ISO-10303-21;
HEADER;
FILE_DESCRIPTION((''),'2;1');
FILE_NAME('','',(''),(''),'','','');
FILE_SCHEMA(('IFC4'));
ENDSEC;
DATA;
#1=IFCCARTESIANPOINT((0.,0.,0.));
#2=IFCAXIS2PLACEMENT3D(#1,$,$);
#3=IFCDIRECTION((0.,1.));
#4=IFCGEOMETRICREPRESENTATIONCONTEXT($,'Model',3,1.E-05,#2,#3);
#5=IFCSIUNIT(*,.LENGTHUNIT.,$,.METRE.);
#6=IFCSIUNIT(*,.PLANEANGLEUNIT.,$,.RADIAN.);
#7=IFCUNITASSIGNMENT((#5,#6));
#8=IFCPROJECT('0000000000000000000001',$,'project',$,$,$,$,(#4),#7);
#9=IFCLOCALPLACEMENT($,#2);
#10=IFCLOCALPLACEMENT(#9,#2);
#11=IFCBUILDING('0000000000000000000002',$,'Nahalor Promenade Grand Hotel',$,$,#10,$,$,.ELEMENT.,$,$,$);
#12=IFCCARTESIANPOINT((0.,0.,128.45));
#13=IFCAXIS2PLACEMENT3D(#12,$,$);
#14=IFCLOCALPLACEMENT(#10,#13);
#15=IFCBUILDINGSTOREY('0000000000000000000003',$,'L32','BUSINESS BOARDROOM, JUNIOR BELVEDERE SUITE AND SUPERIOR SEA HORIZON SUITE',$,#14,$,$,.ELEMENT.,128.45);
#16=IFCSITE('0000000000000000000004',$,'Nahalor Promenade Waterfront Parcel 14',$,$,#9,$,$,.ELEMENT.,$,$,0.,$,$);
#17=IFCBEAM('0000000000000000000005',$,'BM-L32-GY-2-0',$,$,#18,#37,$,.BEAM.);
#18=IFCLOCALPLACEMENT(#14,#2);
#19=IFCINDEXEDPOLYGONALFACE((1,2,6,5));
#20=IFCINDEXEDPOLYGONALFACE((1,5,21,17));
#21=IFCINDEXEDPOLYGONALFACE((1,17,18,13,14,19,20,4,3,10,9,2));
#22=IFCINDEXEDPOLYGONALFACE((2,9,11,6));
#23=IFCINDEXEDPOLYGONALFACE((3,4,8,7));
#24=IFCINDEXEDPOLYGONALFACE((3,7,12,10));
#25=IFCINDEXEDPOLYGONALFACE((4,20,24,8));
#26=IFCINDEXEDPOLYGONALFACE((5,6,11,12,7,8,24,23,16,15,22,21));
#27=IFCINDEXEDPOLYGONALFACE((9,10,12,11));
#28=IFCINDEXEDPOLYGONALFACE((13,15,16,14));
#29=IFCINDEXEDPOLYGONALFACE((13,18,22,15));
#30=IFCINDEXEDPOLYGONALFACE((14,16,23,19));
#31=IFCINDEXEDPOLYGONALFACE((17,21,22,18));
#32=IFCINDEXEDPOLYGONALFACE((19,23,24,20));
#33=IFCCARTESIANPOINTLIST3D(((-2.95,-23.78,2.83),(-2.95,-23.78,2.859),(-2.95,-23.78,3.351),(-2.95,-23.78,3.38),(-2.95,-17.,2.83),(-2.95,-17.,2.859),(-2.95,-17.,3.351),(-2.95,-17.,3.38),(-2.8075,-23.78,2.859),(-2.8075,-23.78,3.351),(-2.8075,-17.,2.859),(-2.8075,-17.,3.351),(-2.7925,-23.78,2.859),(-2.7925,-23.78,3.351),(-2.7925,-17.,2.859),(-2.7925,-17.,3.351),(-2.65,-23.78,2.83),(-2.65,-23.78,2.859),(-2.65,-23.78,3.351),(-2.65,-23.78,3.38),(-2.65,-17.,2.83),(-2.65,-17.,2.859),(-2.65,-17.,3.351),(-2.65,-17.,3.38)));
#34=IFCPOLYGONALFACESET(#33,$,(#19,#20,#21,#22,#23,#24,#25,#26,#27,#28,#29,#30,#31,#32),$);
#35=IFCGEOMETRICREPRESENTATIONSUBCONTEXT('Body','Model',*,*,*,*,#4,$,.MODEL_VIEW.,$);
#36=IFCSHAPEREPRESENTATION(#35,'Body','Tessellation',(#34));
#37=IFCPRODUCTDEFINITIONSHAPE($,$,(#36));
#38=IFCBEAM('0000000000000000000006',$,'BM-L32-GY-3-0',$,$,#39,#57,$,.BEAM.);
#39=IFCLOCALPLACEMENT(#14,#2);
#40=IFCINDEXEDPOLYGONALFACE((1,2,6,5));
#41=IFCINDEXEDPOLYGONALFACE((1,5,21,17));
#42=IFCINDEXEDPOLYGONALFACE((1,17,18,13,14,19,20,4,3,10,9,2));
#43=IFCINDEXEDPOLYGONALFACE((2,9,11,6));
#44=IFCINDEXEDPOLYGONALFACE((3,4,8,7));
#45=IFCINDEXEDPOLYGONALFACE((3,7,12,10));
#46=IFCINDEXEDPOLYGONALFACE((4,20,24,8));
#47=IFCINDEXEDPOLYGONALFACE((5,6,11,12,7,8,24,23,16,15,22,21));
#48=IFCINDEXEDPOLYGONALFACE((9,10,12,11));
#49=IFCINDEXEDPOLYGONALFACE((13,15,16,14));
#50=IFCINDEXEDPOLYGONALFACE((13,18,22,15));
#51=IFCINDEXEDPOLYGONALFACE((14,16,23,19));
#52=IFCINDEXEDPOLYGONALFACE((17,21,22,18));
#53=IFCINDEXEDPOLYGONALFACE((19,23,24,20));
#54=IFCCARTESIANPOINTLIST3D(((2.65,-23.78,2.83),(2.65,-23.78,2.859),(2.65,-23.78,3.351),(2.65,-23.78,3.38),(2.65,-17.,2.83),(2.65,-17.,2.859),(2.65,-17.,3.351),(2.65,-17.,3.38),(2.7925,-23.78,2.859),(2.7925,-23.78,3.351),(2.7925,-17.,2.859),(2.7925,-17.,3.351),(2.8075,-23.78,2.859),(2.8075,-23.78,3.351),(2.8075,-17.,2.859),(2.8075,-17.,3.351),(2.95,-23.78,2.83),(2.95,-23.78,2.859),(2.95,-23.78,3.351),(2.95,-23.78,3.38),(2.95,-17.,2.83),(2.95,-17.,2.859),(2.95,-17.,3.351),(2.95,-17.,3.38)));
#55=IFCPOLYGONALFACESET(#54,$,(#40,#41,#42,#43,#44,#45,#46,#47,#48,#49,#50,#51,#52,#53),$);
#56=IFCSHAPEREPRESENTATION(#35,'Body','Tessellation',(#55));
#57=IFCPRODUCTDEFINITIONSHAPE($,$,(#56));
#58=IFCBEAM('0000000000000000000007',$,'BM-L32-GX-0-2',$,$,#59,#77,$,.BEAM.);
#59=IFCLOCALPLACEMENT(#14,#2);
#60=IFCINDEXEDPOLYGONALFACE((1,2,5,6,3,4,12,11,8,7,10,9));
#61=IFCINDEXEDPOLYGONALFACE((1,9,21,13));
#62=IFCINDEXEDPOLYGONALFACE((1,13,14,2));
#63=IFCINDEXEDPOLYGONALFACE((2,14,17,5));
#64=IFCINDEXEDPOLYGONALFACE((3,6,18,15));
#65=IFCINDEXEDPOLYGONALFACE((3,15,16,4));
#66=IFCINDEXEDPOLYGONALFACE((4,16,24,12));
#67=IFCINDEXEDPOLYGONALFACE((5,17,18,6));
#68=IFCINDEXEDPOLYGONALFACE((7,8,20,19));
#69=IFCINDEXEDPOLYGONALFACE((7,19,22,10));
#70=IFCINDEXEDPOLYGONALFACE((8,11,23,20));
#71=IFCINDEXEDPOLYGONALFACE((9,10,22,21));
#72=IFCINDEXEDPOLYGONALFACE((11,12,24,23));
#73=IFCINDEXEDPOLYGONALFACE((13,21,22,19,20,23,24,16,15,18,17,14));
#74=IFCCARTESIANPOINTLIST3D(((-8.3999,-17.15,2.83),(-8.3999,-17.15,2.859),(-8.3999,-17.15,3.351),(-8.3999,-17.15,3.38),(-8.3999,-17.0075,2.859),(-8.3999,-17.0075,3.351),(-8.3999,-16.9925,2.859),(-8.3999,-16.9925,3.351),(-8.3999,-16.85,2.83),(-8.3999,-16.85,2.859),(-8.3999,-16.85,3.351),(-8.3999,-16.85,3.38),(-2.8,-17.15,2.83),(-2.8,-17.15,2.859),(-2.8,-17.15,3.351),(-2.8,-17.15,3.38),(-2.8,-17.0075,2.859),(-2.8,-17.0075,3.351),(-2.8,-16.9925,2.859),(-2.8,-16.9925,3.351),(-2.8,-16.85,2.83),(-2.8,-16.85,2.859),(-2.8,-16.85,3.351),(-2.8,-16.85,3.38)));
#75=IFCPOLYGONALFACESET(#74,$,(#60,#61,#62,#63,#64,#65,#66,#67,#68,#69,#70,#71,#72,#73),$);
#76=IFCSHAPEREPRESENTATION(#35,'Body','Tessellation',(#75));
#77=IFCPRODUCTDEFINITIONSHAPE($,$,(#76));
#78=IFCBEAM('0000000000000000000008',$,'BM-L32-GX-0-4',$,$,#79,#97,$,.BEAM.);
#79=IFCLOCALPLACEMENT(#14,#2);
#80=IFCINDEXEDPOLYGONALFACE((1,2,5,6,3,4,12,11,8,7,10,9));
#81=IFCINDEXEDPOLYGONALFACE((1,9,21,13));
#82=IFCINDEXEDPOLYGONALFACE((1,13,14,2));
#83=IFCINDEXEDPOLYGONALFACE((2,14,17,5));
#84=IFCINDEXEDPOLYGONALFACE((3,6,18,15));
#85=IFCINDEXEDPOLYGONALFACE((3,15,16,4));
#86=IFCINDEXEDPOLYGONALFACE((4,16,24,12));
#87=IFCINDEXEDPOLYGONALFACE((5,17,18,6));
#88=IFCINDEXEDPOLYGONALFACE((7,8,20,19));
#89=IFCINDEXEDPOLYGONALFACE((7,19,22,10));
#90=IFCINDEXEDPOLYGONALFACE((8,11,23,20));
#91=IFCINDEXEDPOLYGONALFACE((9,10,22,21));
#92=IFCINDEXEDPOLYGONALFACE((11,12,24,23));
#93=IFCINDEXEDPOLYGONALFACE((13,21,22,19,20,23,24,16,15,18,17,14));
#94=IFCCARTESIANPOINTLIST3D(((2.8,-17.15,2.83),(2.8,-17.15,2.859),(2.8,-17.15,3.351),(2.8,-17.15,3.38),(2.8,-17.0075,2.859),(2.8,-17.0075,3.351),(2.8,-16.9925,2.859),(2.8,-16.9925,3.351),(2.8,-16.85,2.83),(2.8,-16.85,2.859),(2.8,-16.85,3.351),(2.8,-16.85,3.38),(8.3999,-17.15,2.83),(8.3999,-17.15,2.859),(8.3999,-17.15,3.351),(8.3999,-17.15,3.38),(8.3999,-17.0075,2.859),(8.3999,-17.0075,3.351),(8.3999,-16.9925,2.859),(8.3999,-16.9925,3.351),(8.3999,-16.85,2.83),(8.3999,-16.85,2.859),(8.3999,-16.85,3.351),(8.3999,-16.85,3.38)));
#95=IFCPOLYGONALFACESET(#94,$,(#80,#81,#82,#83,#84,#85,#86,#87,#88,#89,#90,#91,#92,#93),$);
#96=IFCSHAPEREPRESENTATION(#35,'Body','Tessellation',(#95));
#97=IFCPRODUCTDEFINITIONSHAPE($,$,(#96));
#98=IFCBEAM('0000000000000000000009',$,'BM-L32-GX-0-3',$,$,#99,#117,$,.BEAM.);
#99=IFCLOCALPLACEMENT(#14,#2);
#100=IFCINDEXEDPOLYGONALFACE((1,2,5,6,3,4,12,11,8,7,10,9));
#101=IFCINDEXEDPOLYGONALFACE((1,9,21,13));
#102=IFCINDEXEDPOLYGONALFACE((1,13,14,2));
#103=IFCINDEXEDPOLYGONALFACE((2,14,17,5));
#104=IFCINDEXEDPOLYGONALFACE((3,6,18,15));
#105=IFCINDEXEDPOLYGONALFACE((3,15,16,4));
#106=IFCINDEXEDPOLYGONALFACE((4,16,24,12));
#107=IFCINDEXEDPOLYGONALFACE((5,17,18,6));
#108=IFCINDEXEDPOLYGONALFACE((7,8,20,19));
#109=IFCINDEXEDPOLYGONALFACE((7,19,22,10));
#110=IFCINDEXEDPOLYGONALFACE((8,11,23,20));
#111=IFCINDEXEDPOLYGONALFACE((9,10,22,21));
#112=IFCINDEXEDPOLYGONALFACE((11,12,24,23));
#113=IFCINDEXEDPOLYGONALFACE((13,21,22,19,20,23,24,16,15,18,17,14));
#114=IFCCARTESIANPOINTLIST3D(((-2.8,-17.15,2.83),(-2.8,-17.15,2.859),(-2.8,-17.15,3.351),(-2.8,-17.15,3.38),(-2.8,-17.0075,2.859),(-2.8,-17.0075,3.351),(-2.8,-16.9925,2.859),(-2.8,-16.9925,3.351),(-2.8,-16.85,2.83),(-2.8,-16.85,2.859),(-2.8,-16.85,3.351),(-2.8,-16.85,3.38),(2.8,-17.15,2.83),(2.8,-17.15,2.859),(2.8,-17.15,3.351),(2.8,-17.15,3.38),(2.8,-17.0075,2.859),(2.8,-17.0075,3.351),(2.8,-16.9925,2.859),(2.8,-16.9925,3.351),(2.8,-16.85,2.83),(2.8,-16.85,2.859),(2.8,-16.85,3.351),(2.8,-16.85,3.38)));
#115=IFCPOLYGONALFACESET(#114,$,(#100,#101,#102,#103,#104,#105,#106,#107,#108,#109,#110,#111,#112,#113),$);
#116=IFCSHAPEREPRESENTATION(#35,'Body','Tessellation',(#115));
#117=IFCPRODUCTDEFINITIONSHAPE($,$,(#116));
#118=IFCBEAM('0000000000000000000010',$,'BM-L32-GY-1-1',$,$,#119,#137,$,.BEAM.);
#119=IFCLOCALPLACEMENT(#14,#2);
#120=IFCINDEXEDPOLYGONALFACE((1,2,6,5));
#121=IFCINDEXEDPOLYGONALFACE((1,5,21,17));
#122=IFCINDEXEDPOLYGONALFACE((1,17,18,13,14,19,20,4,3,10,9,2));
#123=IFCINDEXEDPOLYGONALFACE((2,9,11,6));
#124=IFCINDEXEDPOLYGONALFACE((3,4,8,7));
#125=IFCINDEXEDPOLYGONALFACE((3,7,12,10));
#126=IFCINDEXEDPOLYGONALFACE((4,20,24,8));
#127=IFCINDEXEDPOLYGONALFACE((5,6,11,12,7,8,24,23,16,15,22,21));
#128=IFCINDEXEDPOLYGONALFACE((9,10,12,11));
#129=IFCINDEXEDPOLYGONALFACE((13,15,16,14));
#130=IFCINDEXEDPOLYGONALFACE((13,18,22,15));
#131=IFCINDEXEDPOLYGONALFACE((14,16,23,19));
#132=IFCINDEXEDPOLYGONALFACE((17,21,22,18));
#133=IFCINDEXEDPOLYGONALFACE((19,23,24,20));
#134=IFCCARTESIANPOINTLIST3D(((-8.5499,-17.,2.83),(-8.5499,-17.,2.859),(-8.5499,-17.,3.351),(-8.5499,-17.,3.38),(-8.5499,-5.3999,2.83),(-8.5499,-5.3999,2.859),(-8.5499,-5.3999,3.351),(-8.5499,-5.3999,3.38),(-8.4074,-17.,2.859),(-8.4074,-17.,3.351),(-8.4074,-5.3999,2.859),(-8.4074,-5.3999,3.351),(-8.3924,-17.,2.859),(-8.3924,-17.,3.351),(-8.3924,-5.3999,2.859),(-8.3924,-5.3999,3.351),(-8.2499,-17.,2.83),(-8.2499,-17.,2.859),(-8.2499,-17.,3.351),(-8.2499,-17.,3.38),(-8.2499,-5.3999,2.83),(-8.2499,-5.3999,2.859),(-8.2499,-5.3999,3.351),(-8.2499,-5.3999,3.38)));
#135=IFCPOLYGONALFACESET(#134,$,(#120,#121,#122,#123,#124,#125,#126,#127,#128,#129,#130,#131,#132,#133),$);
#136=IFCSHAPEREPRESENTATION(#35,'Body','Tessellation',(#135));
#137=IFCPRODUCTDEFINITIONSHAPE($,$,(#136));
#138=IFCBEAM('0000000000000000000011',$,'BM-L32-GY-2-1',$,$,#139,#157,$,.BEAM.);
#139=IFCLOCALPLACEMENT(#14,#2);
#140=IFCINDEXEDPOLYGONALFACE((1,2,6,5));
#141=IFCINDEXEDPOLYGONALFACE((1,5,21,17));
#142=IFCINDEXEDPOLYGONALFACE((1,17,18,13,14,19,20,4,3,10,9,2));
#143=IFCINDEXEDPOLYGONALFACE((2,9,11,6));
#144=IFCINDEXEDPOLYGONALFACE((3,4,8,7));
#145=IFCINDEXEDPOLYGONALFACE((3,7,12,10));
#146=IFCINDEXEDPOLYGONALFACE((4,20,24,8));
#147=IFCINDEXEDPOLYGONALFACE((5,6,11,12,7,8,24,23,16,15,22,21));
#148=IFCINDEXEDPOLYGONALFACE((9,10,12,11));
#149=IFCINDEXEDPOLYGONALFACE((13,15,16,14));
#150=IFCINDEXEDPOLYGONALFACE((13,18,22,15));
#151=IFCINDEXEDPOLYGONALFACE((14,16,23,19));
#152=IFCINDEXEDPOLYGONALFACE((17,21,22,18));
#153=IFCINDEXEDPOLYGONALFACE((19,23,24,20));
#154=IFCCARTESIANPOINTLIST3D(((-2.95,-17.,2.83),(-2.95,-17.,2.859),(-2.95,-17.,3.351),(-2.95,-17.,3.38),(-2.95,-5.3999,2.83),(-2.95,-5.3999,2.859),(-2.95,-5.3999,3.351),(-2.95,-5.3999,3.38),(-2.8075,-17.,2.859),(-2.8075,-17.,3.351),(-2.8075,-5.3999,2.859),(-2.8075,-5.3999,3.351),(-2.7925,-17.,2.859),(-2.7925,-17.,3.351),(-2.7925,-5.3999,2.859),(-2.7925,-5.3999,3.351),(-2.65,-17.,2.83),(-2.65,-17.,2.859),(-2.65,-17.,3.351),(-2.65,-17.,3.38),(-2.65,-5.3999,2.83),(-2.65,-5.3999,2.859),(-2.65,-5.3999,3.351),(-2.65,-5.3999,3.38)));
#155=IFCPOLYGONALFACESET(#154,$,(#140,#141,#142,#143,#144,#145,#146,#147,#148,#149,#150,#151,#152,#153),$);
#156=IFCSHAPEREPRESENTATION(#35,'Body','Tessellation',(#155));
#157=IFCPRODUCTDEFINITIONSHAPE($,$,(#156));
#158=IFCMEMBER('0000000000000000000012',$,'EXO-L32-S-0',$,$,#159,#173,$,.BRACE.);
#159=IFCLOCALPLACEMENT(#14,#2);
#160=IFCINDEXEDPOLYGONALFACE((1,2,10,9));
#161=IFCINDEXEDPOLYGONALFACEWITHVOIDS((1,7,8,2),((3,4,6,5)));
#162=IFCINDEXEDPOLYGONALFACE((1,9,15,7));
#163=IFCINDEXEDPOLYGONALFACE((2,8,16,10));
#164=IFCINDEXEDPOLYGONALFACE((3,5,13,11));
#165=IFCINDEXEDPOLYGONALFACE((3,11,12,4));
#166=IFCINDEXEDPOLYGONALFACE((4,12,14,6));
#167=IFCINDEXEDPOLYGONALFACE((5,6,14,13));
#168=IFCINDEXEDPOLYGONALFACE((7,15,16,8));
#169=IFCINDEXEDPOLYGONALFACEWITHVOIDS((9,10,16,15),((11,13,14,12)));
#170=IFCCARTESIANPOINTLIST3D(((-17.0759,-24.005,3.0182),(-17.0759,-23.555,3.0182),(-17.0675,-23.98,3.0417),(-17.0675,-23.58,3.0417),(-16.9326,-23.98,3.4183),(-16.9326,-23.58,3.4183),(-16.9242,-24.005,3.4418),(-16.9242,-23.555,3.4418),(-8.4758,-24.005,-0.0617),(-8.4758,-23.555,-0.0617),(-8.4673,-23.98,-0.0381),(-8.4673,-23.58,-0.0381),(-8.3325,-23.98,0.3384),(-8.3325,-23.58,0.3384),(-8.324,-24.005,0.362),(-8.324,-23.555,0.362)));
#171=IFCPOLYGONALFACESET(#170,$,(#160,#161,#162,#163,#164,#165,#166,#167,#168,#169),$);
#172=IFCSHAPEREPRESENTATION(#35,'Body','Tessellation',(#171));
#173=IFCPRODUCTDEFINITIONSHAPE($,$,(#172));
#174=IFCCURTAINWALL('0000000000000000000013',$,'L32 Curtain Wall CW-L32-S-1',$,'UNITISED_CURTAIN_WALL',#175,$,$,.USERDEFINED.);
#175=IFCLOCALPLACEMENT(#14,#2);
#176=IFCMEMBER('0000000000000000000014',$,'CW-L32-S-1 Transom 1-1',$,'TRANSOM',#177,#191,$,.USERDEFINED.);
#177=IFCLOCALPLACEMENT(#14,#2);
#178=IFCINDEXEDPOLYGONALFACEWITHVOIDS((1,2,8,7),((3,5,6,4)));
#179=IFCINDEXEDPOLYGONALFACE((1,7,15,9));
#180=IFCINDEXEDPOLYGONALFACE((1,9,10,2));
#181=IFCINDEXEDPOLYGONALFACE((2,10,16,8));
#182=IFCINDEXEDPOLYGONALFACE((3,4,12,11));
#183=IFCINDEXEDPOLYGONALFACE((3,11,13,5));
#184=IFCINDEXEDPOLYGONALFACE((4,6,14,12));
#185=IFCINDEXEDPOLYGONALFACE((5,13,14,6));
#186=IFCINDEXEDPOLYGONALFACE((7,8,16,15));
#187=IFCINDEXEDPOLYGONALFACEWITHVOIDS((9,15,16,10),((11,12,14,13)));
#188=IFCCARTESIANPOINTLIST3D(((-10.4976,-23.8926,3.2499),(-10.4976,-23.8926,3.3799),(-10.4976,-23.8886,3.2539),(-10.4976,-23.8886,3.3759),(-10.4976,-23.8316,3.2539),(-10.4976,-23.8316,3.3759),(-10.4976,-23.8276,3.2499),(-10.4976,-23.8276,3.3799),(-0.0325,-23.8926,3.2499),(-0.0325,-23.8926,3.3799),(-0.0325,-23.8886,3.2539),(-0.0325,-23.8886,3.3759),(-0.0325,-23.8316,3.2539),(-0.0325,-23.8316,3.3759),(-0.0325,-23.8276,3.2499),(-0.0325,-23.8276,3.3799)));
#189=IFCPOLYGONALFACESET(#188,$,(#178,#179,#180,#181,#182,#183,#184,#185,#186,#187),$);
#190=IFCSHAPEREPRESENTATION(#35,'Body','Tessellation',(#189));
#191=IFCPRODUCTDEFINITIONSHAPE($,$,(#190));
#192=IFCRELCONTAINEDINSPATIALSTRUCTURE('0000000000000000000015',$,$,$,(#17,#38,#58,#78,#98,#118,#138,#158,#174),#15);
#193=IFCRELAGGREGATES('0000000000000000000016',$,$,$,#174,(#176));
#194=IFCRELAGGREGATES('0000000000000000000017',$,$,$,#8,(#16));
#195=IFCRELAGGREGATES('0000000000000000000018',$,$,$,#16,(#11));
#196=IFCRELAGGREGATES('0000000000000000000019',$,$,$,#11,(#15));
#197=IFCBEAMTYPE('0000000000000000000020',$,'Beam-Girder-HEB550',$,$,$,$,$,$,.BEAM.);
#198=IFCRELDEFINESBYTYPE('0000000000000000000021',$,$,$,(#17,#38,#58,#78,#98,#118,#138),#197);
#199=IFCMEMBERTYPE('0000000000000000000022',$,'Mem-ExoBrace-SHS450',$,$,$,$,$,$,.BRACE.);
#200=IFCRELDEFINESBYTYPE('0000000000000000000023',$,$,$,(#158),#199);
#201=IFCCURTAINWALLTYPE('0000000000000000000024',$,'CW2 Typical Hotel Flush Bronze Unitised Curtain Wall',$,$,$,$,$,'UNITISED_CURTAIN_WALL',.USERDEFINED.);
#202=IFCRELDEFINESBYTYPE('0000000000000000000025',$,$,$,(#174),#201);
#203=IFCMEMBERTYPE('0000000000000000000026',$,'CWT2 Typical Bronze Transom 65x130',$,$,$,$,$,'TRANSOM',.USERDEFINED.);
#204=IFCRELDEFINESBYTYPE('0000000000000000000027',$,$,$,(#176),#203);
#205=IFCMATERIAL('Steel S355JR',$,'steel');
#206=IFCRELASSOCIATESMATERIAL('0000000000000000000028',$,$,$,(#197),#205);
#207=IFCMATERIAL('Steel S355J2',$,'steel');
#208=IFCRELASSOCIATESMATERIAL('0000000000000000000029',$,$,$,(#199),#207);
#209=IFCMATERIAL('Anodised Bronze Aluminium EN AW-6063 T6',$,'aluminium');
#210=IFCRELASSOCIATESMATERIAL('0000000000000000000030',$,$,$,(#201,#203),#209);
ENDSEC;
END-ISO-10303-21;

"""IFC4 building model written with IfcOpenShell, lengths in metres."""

from ifc_helpers import new_model, si_unit, direction, frame, origin, origin_2d, place, context, subcontext, project, spatial, hollow_rectangle, i_section, extrude, source, transform, mapped, material, material_profile, profile_set, type_object, element, aggregate, save


model = new_model("IFC4")

# Units and contexts
model_context = context("Model", 3, precision=1e-05, world=origin(), true_north=direction((0.0, 1.0)))
body_context = subcontext(model_context, "Body", "Model", "MODEL_VIEW")
ifc_project = project(units=[si_unit("LENGTHUNIT", "METRE"), si_unit("PLANEANGLEUNIT", "RADIAN")], contexts=[model_context])

# Site, building, storey
site_placement = place(None, origin())
site = spatial("IfcSite", under=ifc_project, at=site_placement, Name="Nahalor Promenade Waterfront Parcel 14", CompositionType="ELEMENT", RefElevation=0.0)
building_placement = place(site_placement, origin())
building = spatial("IfcBuilding", under=site, at=building_placement, Name="Nahalor Promenade Grand Hotel", CompositionType="ELEMENT")
storey_placement = place(building_placement, frame((0.0, 0.0, 128.45)))
storey = spatial("IfcBuildingStorey", under=building, at=storey_placement, Name="L32", Description="BUSINESS BOARDROOM, JUNIOR BELVEDERE SUITE AND SUPERIOR SEA HORIZON SUITE", CompositionType="ELEMENT", Elevation=128.45)

# Shared definitions
ifc_material_1 = material(Name="Steel S355J2", Category="steel")

# Beams
ifc_material_2 = material(Name="Steel S355JR", Category="steel")
ifc_material_profile_1 = material_profile(ifc_material_2, i_section(OverallWidth=0.3, OverallDepth=0.55, WebThickness=0.015, FlangeThickness=0.029, at=origin_2d()), Name="HEB 550")
ifc_profile_set_1 = profile_set([ifc_material_profile_1], Name="Steel S355JR")
beam_type_1 = type_object("IfcBeamType", Name="Beam-Girder-HEB550", PredefinedType="BEAM", material=ifc_profile_set_1)
shared_shape_1 = source(origin(), body_context, "Body", "SweptSolid", [
    extrude(i_section(OverallWidth=0.3, OverallDepth=0.55, WebThickness=0.015, FlangeThickness=0.029, at=origin_2d()), origin(), (0.0, 0.0, 1.0), 6.78),
])
for number, where, z_axis, x_axis, name in (
    (1, (-2.8, -23.78, 3.105), (0.0, 1.0, 0.0), (-1.0, 0.0, 0.0), "BM-L32-GY-2-0"),
    (2, (2.8, -23.78, 3.105), (0.0, 1.0, 0.0), (-1.0, 0.0, 0.0), "BM-L32-GY-3-0"),
):
    element("IfcBeam", number, at=place(storey_placement, frame(where, z_axis=z_axis, x_axis=x_axis)), inside=storey, type_object=beam_type_1, Name=name, PredefinedType="BEAM", context=body_context, shape_type="MappedRepresentation", body=[
        mapped(shared_shape_1, transform((0.0, 0.0, 0.0), scale=1.0)),
    ])
shared_shape_2 = source(origin(), body_context, "Body", "SweptSolid", [
    extrude(i_section(OverallWidth=0.3, OverallDepth=0.55, WebThickness=0.015, FlangeThickness=0.029, at=origin_2d()), origin(), (0.0, 0.0, 1.0), 5.5999),
])
for number, where, z_axis, x_axis, name in (
    (3, (-8.3999, -17.0, 3.105), (1.0, 0.0, 0.0), (0.0, 1.0, 0.0), "BM-L32-GX-0-2"),
    (4, (2.8, -17.0, 3.105), (1.0, 0.0, 0.0), (0.0, 1.0, 0.0), "BM-L32-GX-0-4"),
):
    element("IfcBeam", number, at=place(storey_placement, frame(where, z_axis=z_axis, x_axis=x_axis)), inside=storey, type_object=beam_type_1, Name=name, PredefinedType="BEAM", context=body_context, shape_type="MappedRepresentation", body=[
        mapped(shared_shape_2, transform((0.0, 0.0, 0.0), scale=1.0)),
    ])
shared_shape_3 = source(origin(), body_context, "Body", "SweptSolid", [
    extrude(i_section(OverallWidth=0.3, OverallDepth=0.55, WebThickness=0.015, FlangeThickness=0.029, at=origin_2d()), origin(), (0.0, 0.0, 1.0), 5.6001),
])
beam_1_placement = place(storey_placement, frame((-2.8, -17.0, 3.105), z_axis=(1.0, 0.0, 0.0), x_axis=(0.0, 1.0, 0.0)))
element("IfcBeam", 5, at=beam_1_placement, inside=storey, type_object=beam_type_1, Name="BM-L32-GX-0-3", PredefinedType="BEAM", context=body_context, shape_type="MappedRepresentation", body=[
    mapped(shared_shape_3, transform((0.0, 0.0, 0.0), scale=1.0)),
])
shared_shape_4 = source(origin(), body_context, "Body", "SweptSolid", [
    extrude(i_section(OverallWidth=0.3, OverallDepth=0.55, WebThickness=0.015, FlangeThickness=0.029, at=origin_2d()), origin(), (0.0, 0.0, 1.0), 11.6001),
])
for number, where, z_axis, x_axis, name in (
    (6, (-8.3999, -17.0, 3.105), (0.0, 1.0, 0.0), (-1.0, 0.0, 0.0), "BM-L32-GY-1-1"),
    (7, (-2.8, -17.0, 3.105), (0.0, 1.0, 0.0), (-1.0, 0.0, 0.0), "BM-L32-GY-2-1"),
):
    element("IfcBeam", number, at=place(storey_placement, frame(where, z_axis=z_axis, x_axis=x_axis)), inside=storey, type_object=beam_type_1, Name=name, PredefinedType="BEAM", context=body_context, shape_type="MappedRepresentation", body=[
        mapped(shared_shape_4, transform((0.0, 0.0, 0.0), scale=1.0)),
    ])

# Member
ifc_material_profile_2 = material_profile(ifc_material_1, hollow_rectangle(XDim=0.45, YDim=0.45, WallThickness=0.025, at=origin_2d()), Name="SHS 450x450x25")
ifc_profile_set_2 = profile_set([ifc_material_profile_2], Name="Steel S355J2")
member_type_1 = type_object("IfcMemberType", Name="Mem-ExoBrace-SHS450", PredefinedType="BRACE", material=ifc_profile_set_2)
shared_shape_5 = source(origin(), body_context, "Body", "SweptSolid", [
    extrude(hollow_rectangle(XDim=0.45, YDim=0.45, WallThickness=0.025, at=origin_2d()), origin(), (0.0, 0.0, 1.0), 9.135),
])
member_1_placement = place(storey_placement, frame((-8.3999, -23.78, 0.1501), z_axis=(-0.941451, 0.0, 0.337149), x_axis=(0.0, -1.0, 0.0)))
element("IfcMember", 8, at=member_1_placement, inside=storey, type_object=member_type_1, Name="EXO-L32-S-0", PredefinedType="BRACE", context=body_context, shape_type="MappedRepresentation", body=[
    mapped(shared_shape_5, transform((0.0, 0.0, 0.0), scale=1.0)),
])

# Curtain wall, member
ifc_material_3 = material(Name="Anodised Bronze Aluminium EN AW-6063 T6", Category="aluminium")
curtain_wall_type = type_object("IfcCurtainWallType", Name="CW2 Typical Hotel Flush Bronze Unitised Curtain Wall", ElementType="UNITISED_CURTAIN_WALL", PredefinedType="USERDEFINED", material=ifc_material_3)
curtain_wall_placement = place(storey_placement, origin())
curtain_wall = element("IfcCurtainWall", 9, at=curtain_wall_placement, inside=storey, type_object=curtain_wall_type, Name="L32 Curtain Wall CW-L32-S-1", ObjectType="UNITISED_CURTAIN_WALL", PredefinedType="USERDEFINED")
ifc_material_profile_3 = material_profile(ifc_material_3, hollow_rectangle(XDim=0.065, YDim=0.13, WallThickness=0.004, at=origin_2d()), Name="CWT 65x130x4")
ifc_profile_set_3 = profile_set([ifc_material_profile_3], Name="Anodised Bronze Aluminium EN AW-6063 T6")
member_type_2 = type_object("IfcMemberType", Name="CWT2 Typical Bronze Transom 65x130", ElementType="TRANSOM", PredefinedType="USERDEFINED", material=ifc_profile_set_3)
shared_shape_6 = source(origin(), body_context, "Body", "SweptSolid", [
    extrude(hollow_rectangle(XDim=0.065, YDim=0.13, WallThickness=0.004, at=origin_2d()), origin(), (0.0, 0.0, 1.0), 10.4651),
])
member_2_placement = place(storey_placement, frame((-10.4976, -23.8601, 3.3149), z_axis=(1.0, 0.0, 0.0), x_axis=(0.0, 1.0, 0.0)))
member_2 = element("IfcMember", 10, at=member_2_placement, type_object=member_type_2, Name="CW-L32-S-1 Transom 1-1", ObjectType="TRANSOM", PredefinedType="USERDEFINED", context=body_context, shape_type="MappedRepresentation", body=[
    mapped(shared_shape_6, transform((0.0, 0.0, 0.0), scale=1.0)),
])
aggregate(curtain_wall, [member_2])

save(model, "model.ifc")
